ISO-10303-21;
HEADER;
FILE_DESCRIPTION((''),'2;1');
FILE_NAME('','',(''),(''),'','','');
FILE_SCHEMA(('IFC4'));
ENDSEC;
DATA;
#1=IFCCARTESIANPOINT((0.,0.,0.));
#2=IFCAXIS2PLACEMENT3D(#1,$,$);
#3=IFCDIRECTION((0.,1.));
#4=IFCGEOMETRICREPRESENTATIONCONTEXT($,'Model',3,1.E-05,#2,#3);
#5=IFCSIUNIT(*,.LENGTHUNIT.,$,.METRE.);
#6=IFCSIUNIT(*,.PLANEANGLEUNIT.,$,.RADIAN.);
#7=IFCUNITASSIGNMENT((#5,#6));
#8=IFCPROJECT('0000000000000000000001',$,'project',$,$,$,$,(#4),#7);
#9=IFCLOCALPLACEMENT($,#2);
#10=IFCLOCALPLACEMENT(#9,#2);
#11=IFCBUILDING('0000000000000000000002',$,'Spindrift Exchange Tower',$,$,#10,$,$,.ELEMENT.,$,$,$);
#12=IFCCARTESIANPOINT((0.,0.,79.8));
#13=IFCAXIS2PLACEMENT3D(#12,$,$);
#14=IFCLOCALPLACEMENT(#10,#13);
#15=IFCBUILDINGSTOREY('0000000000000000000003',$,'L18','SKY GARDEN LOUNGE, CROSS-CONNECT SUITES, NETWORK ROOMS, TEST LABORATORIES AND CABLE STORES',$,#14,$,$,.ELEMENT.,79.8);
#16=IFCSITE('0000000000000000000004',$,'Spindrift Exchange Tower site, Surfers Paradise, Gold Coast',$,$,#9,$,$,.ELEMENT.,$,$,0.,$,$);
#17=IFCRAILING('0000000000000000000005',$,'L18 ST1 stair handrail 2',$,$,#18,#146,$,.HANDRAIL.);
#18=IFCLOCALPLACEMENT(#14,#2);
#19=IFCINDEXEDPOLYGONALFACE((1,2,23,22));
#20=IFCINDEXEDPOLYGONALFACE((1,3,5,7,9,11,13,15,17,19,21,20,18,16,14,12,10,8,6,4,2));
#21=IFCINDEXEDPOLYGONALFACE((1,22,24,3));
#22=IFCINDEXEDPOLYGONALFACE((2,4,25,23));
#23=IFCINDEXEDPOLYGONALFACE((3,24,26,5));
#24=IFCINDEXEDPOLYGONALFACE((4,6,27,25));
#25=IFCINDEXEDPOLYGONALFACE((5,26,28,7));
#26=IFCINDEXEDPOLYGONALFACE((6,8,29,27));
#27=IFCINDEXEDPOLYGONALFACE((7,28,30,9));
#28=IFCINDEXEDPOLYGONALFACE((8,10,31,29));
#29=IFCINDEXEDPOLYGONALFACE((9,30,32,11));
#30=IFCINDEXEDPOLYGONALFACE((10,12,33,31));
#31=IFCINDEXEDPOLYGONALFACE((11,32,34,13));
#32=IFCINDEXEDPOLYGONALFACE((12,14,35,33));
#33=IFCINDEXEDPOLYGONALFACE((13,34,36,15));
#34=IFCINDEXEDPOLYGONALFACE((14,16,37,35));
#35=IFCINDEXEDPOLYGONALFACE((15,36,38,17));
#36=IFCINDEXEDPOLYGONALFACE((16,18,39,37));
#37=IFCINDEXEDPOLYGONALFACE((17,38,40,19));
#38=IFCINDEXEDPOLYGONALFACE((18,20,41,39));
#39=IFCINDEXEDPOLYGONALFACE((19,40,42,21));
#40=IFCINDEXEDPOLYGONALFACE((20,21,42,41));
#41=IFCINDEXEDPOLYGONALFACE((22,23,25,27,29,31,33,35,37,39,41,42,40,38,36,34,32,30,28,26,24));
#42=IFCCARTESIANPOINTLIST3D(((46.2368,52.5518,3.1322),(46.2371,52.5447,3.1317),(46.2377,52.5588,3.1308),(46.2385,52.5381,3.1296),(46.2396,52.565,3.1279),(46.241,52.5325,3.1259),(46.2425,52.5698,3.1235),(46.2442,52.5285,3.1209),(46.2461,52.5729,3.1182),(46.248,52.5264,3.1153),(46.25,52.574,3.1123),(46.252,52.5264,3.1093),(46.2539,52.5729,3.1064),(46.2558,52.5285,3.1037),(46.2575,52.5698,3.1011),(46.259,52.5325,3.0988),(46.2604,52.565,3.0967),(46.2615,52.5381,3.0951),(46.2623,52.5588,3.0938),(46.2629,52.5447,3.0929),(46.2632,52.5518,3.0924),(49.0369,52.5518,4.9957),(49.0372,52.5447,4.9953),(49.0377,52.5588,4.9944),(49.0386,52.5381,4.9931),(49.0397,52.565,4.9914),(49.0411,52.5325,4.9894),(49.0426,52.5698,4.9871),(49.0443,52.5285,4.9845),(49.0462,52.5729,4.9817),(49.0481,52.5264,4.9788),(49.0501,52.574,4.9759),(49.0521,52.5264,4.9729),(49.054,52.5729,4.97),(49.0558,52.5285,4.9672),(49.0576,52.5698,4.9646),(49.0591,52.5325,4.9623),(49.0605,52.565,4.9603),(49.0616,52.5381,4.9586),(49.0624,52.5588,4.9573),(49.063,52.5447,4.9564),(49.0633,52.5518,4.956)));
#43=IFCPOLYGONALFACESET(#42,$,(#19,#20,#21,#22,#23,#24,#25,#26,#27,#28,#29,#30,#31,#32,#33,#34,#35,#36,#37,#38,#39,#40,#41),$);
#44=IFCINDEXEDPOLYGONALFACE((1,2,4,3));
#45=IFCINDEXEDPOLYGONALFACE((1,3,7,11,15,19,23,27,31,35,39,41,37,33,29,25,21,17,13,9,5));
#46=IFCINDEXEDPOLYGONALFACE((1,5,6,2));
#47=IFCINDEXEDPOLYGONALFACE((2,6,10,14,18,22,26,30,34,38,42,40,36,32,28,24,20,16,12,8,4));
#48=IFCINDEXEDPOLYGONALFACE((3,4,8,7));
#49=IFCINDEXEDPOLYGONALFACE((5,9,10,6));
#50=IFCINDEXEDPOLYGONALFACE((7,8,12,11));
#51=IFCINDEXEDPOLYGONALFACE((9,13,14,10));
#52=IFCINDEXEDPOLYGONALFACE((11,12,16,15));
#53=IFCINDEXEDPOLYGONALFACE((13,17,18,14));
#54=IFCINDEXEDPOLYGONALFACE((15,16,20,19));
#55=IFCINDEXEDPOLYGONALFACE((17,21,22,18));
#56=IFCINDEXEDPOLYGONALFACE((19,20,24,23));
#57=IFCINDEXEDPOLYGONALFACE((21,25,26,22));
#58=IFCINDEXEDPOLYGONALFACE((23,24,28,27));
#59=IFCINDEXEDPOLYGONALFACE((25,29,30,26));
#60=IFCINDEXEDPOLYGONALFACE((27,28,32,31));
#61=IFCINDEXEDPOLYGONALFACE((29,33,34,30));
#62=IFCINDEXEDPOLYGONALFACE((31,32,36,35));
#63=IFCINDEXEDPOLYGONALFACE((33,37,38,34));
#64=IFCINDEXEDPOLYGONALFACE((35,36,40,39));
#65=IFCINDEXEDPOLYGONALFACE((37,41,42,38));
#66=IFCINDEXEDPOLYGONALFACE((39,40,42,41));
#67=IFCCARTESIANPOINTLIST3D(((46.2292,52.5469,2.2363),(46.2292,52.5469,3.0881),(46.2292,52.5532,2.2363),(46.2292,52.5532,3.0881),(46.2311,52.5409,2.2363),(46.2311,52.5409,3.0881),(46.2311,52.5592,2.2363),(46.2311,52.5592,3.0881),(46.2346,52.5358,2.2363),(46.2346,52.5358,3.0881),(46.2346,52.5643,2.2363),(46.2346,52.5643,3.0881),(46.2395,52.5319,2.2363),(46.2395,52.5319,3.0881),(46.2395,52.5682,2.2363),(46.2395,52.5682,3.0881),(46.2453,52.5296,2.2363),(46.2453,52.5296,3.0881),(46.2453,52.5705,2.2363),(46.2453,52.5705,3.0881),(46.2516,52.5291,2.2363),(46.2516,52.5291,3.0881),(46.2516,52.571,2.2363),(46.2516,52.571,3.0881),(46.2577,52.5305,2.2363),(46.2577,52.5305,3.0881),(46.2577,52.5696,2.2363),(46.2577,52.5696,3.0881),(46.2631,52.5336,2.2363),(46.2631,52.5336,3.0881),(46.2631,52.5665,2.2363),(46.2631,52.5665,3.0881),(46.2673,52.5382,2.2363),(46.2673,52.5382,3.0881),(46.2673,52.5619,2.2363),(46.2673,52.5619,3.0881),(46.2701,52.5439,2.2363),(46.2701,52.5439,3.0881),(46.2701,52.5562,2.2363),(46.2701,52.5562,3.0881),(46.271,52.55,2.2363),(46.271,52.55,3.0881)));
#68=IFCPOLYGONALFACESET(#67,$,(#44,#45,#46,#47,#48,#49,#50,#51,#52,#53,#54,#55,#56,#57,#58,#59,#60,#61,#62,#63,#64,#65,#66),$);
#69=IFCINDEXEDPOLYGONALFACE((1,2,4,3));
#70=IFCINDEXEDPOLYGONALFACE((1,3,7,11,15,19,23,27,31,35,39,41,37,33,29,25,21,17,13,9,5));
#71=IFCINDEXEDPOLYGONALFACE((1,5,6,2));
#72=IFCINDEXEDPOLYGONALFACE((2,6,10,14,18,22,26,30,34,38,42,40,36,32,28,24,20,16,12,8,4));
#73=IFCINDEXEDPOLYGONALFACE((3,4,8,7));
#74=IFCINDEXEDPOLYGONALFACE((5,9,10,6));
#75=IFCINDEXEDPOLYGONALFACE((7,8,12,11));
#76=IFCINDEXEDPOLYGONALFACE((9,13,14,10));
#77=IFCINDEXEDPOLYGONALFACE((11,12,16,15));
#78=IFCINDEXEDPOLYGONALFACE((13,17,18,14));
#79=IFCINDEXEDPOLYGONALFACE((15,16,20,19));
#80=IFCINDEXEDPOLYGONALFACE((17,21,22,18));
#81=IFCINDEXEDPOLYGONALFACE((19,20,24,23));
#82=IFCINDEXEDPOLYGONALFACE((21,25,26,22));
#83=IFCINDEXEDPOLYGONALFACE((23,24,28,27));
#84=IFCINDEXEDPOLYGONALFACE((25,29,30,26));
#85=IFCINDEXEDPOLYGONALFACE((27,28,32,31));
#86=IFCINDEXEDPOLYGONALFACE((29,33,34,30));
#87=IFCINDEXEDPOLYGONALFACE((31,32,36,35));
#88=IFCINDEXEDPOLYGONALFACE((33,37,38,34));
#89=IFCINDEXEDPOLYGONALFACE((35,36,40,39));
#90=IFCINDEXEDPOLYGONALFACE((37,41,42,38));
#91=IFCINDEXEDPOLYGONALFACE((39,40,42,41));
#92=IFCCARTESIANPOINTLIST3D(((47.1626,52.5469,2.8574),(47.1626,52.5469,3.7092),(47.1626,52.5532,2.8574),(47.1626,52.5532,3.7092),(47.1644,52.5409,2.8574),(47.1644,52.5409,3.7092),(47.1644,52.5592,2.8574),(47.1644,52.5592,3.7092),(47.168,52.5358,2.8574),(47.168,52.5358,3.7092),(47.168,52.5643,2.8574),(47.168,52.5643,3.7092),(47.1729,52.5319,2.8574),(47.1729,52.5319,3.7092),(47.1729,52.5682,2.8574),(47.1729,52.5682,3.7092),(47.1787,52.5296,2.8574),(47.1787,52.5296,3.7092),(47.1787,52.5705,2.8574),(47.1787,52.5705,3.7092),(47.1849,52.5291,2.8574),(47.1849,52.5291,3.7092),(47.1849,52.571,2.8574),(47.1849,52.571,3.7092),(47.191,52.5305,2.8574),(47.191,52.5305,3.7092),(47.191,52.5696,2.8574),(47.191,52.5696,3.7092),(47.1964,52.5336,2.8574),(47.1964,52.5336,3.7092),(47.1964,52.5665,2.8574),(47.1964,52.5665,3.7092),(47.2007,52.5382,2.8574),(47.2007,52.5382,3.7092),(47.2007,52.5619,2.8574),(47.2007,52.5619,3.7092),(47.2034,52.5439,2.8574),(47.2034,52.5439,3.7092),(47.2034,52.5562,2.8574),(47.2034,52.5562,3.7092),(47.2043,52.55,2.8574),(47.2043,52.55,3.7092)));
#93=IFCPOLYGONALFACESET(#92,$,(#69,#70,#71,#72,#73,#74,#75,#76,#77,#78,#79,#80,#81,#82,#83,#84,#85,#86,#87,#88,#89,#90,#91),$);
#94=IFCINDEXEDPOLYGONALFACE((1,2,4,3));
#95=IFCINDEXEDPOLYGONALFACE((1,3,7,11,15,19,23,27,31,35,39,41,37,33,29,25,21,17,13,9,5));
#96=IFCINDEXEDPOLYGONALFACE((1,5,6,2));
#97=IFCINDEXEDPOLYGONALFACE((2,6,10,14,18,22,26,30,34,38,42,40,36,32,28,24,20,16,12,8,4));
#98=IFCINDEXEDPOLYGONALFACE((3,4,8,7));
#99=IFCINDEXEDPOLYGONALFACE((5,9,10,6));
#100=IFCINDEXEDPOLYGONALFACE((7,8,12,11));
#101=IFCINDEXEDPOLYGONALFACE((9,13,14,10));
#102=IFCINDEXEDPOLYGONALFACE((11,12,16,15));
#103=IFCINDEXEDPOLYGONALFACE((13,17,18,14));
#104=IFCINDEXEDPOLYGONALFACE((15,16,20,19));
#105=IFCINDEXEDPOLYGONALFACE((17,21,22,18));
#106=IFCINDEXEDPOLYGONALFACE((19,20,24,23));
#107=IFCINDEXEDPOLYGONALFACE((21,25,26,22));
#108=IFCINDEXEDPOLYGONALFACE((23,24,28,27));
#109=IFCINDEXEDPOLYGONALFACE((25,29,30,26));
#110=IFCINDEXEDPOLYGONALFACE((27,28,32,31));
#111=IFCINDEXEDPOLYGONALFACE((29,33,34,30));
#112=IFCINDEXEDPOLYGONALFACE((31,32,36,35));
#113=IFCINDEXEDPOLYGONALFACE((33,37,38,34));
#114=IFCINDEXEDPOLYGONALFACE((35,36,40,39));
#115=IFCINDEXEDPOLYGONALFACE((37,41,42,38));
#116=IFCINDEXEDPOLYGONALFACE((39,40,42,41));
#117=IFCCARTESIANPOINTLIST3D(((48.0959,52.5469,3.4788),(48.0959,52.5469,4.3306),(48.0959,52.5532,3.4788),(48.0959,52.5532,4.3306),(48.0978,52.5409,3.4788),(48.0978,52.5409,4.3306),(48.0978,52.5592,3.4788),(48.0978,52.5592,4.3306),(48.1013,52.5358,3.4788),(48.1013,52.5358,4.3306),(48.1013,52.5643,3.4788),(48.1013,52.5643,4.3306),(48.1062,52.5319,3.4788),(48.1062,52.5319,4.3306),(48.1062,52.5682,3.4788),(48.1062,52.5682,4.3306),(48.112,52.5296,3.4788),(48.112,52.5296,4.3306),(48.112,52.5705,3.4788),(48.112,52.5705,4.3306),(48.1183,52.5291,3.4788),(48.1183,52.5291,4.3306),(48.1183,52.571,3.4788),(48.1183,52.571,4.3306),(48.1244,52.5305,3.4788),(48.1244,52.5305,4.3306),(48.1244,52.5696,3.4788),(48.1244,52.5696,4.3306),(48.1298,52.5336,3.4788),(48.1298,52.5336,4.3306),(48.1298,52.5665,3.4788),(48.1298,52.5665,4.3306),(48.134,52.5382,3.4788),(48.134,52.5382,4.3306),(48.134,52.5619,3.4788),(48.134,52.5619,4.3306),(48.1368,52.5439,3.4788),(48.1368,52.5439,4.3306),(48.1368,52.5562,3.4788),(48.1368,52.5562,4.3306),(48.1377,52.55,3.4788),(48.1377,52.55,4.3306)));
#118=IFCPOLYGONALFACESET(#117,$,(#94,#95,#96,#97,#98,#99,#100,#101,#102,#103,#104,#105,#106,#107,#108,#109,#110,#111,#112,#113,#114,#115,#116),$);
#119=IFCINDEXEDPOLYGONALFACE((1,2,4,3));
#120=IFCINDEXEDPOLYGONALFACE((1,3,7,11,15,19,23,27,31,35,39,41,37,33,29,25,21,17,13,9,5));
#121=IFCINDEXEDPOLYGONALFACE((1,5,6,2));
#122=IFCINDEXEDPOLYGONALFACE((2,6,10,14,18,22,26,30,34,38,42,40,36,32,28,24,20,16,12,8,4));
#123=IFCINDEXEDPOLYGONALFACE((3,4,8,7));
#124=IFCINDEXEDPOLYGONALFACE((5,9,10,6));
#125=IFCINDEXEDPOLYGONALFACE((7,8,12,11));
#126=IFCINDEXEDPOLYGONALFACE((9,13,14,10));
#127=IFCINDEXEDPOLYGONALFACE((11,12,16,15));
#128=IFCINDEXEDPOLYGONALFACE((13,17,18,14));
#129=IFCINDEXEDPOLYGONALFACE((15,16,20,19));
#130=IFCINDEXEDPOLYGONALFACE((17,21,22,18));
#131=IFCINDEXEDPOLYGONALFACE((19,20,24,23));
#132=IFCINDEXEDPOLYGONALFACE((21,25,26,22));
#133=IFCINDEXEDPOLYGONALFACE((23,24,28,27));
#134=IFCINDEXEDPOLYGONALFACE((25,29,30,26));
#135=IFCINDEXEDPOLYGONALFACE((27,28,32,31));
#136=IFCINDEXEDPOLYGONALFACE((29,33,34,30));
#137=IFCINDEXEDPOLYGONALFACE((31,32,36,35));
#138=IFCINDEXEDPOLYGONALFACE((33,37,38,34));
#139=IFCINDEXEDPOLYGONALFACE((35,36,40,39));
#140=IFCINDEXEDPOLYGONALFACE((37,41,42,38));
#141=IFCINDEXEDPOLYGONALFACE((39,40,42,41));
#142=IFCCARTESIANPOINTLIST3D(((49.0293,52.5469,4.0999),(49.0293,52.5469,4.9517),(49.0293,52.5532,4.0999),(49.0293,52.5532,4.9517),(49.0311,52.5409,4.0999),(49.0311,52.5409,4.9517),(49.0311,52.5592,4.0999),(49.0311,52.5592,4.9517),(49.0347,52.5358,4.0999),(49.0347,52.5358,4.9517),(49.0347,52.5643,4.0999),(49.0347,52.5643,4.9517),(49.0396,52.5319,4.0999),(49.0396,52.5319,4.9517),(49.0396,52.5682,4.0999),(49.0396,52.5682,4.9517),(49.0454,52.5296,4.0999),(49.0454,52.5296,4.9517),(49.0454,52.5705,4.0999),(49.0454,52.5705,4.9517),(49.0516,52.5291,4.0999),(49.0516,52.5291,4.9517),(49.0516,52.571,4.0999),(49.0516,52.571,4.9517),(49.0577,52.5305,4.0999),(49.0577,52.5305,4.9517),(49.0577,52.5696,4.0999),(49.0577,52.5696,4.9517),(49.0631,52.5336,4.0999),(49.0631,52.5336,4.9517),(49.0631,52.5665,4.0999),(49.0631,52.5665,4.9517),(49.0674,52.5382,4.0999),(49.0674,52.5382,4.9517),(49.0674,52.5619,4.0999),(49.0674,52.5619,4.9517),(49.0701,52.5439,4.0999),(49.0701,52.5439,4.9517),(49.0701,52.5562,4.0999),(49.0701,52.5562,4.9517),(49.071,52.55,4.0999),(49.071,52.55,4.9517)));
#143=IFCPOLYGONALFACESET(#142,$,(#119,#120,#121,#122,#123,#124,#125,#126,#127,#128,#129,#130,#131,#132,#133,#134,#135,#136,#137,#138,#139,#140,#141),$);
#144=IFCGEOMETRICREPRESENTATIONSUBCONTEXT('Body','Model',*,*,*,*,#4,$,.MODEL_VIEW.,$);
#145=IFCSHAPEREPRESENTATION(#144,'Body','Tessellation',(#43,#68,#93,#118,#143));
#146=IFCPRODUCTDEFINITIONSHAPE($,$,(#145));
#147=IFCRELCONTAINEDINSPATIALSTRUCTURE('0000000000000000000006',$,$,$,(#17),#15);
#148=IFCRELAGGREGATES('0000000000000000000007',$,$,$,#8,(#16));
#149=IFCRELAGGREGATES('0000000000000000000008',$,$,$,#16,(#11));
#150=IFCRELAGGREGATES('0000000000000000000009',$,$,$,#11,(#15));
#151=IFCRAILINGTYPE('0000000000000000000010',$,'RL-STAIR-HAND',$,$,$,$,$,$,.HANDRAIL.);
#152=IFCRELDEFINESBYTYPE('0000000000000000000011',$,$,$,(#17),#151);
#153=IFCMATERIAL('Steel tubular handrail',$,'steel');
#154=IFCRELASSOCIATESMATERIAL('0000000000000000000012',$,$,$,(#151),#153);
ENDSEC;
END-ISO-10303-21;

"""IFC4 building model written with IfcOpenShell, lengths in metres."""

from ifc_helpers import new_model, si_unit, direction, frame, origin, origin_2d, place, context, subcontext, project, spatial, circle, extrude, material, type_object, element, save


model = new_model("IFC4")

# Units and contexts
model_context = context("Model", 3, precision=1e-05, world=origin(), true_north=direction((0.0, 1.0)))
body_context = subcontext(model_context, "Body", "Model", "MODEL_VIEW")
ifc_project = project(units=[si_unit("LENGTHUNIT", "METRE"), si_unit("PLANEANGLEUNIT", "RADIAN")], contexts=[model_context])

# Site, building, storey
site_placement = place(None, origin())
site = spatial("IfcSite", under=ifc_project, at=site_placement, Name="Spindrift Exchange Tower site, Surfers Paradise, Gold Coast", CompositionType="ELEMENT", RefElevation=0.0)
building_placement = place(site_placement, origin())
building = spatial("IfcBuilding", under=site, at=building_placement, Name="Spindrift Exchange Tower", CompositionType="ELEMENT")
storey_placement = place(building_placement, frame((0.0, 0.0, 79.8)))
storey = spatial("IfcBuildingStorey", under=building, at=storey_placement, Name="L18", Description="SKY GARDEN LOUNGE, CROSS-CONNECT SUITES, NETWORK ROOMS, TEST LABORATORIES AND CABLE STORES", CompositionType="ELEMENT", Elevation=79.8)

# Railing
ifc_material_1 = material(Name="Steel tubular handrail", Category="steel")
railing_type_1 = type_object("IfcRailingType", Name="RL-STAIR-HAND", PredefinedType="HANDRAIL", material=ifc_material_1)
railing_1_placement = place(storey_placement, frame((46.25, 52.55, 2.2363)))
element("IfcRailing", 1, at=railing_1_placement, inside=storey, type_object=railing_type_1, Name="L18 ST1 stair handrail 2", PredefinedType="HANDRAIL", context=body_context, shape_type="SweptSolid", body=[
    extrude(circle(Radius=0.0239, at=origin_2d()), frame((0.0, 0.0, 0.876), z_axis=(0.832486, 0.0, 0.554047), x_axis=(0.0, 1.0, 0.0)), (0.0, 0.0, 1.0), 3.3635),
    extrude(circle(Radius=0.021, at=origin_2d()), origin(), (0.0, 0.0, 1.0), 0.8518),
    extrude(circle(Radius=0.021, at=origin_2d()), frame((0.9333, 0.0, 0.6211)), (0.0, 0.0, 1.0), 0.8518),
    extrude(circle(Radius=0.021, at=origin_2d()), frame((1.8667, 0.0, 1.2424)), (0.0, 0.0, 1.0), 0.8518),
    extrude(circle(Radius=0.021, at=origin_2d()), frame((2.8, 0.0, 1.8635)), (0.0, 0.0, 1.0), 0.8518),
])

save(model, "model.ifc")
